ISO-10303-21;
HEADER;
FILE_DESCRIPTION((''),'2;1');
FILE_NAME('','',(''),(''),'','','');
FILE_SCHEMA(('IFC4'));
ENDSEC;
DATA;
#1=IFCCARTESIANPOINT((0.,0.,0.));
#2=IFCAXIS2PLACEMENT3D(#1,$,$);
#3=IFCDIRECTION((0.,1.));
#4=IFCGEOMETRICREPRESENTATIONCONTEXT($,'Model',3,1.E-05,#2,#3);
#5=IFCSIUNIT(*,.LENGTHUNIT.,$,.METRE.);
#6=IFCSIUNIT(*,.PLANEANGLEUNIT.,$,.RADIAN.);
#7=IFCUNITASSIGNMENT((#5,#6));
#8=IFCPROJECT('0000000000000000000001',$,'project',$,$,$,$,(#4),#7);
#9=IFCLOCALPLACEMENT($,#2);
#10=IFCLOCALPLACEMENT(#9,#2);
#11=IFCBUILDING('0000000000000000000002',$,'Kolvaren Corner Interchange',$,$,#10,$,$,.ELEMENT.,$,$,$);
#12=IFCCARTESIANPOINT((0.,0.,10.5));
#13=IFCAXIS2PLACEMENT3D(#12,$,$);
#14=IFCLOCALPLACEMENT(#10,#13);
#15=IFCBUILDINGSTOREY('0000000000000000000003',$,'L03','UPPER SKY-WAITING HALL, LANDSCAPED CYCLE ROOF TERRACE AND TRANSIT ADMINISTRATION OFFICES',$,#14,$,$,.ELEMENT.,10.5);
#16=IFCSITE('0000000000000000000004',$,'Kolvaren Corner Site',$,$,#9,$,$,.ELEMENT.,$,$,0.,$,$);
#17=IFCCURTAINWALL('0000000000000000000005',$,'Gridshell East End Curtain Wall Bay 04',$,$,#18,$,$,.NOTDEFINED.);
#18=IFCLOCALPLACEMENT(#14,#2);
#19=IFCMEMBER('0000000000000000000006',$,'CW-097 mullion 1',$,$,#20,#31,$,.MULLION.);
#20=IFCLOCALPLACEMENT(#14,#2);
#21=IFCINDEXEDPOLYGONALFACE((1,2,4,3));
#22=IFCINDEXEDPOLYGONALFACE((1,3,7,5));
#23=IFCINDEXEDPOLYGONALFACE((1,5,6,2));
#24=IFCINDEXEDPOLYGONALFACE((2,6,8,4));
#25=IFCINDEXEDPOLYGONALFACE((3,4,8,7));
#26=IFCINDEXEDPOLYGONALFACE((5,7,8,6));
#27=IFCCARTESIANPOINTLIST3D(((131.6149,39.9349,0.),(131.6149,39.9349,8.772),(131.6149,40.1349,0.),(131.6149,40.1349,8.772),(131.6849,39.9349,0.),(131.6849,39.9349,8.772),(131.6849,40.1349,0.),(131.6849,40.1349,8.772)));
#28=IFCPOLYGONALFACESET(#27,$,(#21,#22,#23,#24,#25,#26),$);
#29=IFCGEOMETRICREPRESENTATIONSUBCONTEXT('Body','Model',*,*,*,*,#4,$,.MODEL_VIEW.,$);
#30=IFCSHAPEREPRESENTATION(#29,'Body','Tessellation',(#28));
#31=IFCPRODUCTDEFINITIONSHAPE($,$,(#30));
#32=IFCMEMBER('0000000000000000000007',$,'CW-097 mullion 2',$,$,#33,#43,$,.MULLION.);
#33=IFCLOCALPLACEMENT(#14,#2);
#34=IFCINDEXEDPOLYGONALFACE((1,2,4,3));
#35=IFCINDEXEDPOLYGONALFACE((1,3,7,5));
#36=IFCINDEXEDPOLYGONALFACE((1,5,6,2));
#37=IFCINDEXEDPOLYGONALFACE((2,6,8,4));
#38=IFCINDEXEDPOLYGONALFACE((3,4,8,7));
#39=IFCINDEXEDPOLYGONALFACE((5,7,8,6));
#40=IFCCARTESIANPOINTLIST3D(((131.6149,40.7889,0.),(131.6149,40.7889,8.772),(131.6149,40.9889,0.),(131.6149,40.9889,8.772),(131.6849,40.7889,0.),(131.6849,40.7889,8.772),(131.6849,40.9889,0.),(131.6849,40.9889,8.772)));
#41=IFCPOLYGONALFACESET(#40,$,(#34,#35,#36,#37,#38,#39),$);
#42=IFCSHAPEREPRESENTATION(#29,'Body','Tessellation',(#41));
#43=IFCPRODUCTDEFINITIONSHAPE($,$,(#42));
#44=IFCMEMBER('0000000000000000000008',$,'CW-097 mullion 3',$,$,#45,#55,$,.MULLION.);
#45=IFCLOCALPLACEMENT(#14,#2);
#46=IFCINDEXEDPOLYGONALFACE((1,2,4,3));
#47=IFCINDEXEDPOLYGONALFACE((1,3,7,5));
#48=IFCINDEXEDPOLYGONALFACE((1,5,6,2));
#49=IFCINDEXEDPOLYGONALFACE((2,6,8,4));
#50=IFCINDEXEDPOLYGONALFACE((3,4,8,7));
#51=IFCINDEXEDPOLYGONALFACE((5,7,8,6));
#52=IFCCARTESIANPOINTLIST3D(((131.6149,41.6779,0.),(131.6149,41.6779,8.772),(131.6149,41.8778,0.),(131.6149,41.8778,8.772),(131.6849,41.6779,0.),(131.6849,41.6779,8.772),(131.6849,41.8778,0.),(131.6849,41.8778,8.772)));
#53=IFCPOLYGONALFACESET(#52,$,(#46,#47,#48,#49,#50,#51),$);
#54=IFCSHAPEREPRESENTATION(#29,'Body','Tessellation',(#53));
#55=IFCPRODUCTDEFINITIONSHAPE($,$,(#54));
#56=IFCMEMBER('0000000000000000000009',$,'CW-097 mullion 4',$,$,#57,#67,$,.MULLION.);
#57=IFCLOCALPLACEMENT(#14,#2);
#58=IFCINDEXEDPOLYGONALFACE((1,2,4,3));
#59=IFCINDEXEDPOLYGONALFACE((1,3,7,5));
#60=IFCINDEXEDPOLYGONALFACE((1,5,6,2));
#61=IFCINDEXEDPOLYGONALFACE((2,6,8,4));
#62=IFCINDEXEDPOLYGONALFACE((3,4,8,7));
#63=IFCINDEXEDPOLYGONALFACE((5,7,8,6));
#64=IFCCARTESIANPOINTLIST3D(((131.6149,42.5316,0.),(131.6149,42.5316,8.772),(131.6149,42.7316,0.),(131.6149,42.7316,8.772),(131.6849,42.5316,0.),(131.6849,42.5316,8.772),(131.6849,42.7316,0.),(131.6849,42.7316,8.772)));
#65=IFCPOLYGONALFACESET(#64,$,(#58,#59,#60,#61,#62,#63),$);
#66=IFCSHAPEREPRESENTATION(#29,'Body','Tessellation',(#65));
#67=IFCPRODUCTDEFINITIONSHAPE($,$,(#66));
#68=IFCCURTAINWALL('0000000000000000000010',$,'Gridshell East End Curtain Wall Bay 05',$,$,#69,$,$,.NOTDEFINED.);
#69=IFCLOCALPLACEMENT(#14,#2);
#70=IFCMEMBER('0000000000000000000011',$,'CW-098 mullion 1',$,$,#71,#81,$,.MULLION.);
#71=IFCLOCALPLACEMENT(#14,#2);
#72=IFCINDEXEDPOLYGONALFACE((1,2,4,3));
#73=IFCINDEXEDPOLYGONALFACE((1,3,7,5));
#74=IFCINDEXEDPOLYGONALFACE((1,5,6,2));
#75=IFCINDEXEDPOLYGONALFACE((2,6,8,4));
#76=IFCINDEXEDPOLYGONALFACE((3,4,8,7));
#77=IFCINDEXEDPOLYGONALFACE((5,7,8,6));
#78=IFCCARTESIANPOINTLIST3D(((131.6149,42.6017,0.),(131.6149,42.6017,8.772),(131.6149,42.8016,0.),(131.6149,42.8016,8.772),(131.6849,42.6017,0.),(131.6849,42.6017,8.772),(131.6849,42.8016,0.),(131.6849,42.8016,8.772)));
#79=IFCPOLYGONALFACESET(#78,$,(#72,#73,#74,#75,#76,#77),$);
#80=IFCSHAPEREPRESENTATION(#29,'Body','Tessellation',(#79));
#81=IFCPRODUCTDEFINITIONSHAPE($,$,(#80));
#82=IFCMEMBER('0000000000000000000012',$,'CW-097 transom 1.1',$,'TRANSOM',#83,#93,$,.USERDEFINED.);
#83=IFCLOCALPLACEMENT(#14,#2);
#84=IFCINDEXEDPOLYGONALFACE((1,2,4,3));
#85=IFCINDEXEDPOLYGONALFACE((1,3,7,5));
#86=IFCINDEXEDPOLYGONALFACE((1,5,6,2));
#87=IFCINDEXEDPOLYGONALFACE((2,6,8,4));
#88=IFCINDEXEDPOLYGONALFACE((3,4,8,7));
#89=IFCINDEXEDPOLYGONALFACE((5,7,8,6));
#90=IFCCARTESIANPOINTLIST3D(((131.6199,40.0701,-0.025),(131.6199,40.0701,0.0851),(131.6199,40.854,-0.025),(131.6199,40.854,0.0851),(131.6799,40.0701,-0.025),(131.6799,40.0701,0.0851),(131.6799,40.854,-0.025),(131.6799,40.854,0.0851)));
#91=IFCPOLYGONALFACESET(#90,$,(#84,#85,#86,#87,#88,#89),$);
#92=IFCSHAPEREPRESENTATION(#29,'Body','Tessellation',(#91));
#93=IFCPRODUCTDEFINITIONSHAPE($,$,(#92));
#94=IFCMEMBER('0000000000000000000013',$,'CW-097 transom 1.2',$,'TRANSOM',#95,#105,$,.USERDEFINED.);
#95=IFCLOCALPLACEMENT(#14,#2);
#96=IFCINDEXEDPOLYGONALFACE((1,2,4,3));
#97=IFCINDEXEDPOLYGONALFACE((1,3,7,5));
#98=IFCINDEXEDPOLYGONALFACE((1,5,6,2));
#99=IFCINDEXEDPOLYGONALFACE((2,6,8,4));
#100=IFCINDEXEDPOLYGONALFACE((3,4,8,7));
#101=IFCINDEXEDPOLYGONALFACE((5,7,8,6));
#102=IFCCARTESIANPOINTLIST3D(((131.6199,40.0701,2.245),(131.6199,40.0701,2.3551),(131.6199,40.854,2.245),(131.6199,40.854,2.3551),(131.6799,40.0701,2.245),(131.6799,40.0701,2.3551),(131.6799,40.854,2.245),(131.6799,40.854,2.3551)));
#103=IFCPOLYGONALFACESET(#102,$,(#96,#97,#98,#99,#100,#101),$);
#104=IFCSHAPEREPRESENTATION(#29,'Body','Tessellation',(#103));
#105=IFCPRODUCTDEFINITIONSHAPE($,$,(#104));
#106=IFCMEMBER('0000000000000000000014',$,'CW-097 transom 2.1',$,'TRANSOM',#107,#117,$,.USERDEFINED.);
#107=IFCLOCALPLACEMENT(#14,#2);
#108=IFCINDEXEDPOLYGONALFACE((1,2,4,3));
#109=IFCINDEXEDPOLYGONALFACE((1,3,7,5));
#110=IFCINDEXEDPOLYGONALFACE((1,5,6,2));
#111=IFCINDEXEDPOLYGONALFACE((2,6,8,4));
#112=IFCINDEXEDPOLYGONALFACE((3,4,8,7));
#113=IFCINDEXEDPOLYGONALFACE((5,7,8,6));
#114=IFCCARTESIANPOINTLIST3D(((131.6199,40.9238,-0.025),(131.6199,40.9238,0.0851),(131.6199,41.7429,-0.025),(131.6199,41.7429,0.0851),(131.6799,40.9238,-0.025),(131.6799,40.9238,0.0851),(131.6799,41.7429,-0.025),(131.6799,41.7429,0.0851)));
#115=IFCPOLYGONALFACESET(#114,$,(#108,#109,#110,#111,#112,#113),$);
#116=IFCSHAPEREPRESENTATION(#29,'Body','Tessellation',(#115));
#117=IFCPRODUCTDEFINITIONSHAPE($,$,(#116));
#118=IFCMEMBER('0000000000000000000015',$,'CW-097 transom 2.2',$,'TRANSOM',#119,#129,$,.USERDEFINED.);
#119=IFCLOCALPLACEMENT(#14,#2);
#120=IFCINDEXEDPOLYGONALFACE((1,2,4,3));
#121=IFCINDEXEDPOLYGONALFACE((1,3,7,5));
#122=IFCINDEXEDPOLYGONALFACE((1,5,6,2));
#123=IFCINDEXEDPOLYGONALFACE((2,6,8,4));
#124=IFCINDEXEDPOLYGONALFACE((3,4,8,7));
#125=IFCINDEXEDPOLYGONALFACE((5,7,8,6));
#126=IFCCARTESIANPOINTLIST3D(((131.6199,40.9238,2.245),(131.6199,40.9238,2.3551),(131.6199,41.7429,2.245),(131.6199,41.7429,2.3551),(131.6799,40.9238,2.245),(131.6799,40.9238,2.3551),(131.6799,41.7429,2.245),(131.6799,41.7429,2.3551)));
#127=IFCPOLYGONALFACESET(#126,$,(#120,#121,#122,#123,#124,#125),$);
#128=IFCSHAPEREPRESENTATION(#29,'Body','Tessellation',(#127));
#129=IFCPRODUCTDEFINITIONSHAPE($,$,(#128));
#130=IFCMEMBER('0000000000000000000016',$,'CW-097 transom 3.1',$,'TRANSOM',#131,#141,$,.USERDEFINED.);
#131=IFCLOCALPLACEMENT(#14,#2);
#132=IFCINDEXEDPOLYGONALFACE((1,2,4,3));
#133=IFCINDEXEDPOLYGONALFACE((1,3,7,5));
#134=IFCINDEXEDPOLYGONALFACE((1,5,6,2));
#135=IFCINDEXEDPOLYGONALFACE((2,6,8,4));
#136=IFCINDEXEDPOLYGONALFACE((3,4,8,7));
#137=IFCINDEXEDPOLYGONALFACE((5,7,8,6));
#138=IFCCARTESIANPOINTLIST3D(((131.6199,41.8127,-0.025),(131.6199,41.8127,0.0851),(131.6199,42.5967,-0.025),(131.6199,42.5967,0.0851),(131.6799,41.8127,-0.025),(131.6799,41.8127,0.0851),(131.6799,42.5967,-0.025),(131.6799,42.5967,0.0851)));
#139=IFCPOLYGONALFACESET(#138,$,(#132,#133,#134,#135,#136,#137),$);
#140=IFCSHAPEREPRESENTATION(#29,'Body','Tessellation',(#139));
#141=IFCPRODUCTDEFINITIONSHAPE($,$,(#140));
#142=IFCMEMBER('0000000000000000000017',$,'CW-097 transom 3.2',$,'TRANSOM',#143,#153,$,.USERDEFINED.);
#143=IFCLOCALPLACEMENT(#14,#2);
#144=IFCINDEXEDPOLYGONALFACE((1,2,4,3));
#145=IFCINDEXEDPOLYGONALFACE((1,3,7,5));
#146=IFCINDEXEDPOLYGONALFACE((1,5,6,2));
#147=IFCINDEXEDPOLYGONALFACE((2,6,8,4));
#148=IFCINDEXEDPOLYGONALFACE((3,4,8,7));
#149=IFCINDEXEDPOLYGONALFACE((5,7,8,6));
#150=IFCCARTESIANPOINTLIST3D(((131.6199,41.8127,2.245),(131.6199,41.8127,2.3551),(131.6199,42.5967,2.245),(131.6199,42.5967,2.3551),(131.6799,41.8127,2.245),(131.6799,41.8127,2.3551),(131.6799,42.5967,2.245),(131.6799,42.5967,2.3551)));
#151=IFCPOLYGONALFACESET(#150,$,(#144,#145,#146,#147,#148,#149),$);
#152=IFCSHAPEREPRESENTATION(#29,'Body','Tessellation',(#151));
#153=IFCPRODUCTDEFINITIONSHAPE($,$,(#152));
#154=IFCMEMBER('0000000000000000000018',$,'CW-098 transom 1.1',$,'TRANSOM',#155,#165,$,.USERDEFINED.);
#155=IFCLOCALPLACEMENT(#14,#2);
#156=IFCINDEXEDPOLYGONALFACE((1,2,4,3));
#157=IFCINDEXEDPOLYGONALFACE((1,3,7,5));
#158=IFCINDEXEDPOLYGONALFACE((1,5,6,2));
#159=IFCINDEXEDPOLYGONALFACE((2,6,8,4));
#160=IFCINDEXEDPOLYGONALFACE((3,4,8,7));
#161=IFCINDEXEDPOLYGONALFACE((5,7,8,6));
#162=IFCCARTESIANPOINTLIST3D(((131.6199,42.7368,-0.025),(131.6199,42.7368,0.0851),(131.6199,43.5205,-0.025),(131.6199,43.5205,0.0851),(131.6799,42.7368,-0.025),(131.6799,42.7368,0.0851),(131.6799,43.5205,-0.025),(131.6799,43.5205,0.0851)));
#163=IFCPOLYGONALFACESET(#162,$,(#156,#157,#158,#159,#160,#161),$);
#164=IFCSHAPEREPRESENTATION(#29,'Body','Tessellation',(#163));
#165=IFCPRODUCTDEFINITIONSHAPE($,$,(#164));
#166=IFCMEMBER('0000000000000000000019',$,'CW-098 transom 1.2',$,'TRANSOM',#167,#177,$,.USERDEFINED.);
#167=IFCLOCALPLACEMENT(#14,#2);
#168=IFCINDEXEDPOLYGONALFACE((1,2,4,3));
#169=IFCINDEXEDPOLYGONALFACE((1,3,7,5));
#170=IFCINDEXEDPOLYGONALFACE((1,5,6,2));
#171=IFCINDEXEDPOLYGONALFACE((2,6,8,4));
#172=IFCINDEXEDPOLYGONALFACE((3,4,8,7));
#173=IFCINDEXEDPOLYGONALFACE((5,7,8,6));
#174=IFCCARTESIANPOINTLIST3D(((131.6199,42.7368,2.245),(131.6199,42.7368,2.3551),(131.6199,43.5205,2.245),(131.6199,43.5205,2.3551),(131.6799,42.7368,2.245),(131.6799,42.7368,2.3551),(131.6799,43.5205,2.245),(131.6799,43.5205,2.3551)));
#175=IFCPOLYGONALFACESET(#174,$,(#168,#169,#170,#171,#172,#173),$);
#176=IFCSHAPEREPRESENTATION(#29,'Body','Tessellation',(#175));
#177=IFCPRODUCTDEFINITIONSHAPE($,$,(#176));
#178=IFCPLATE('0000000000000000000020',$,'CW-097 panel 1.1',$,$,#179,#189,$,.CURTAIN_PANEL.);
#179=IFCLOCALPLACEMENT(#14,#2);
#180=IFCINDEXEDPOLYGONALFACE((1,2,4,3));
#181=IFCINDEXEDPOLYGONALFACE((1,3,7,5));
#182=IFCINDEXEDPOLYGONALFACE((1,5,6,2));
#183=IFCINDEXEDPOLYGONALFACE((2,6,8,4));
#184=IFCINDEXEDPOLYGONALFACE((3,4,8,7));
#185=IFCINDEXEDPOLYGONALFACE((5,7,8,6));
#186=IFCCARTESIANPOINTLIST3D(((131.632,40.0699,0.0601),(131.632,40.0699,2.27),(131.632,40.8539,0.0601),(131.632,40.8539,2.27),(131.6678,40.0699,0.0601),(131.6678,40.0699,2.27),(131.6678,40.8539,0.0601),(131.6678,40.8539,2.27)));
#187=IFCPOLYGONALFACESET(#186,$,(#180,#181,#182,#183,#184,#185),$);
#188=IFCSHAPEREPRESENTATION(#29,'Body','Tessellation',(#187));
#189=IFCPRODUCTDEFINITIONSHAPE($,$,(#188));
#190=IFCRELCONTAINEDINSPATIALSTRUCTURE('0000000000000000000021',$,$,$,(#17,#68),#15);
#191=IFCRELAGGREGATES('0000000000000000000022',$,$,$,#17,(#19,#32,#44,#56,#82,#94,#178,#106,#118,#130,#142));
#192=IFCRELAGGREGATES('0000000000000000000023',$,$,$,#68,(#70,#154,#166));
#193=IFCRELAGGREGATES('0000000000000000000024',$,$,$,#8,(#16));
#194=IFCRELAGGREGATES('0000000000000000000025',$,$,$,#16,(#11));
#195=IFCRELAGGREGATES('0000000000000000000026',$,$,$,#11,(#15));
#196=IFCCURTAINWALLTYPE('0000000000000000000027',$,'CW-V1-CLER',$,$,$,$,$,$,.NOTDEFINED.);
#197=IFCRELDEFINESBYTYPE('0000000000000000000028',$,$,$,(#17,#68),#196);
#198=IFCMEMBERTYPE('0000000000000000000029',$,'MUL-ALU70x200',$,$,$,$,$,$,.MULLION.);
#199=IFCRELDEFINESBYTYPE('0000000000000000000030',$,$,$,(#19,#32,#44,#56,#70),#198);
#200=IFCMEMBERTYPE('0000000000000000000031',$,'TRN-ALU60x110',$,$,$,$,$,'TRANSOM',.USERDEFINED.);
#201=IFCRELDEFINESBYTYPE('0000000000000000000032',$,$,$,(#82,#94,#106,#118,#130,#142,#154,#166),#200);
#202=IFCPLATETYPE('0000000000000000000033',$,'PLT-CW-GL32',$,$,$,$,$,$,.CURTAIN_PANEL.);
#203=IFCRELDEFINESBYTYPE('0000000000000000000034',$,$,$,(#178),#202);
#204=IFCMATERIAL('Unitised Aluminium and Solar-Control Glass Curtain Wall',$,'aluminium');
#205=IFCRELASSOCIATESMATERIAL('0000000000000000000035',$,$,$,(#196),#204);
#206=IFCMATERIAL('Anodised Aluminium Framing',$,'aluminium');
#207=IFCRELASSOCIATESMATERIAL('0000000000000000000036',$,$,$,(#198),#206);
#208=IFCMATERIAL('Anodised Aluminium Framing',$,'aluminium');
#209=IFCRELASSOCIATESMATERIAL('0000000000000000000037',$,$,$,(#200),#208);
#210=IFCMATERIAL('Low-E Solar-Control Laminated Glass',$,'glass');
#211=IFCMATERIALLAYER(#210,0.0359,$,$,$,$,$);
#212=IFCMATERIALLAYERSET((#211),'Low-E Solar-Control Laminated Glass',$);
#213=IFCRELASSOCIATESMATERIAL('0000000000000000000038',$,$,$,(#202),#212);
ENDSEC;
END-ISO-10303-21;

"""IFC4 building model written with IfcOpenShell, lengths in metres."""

from ifc_helpers import new_model, si_unit, direction, frame, origin, origin_2d, place, context, subcontext, project, spatial, rectangle, extrude, material, layer, layer_set, material_profile, profile_set, type_object, element, aggregate, save


model = new_model("IFC4")

# Units and contexts
model_context = context("Model", 3, precision=1e-05, world=origin(), true_north=direction((0.0, 1.0)))
body_context = subcontext(model_context, "Body", "Model", "MODEL_VIEW")
ifc_project = project(units=[si_unit("LENGTHUNIT", "METRE"), si_unit("PLANEANGLEUNIT", "RADIAN")], contexts=[model_context])

# Site, building, storey
site_placement = place(None, origin())
site = spatial("IfcSite", under=ifc_project, at=site_placement, Name="Kolvaren Corner Site", CompositionType="ELEMENT", RefElevation=0.0)
building_placement = place(site_placement, origin())
building = spatial("IfcBuilding", under=site, at=building_placement, Name="Kolvaren Corner Interchange", CompositionType="ELEMENT")
storey_placement = place(building_placement, frame((0.0, 0.0, 10.5)))
storey = spatial("IfcBuildingStorey", under=building, at=storey_placement, Name="L03", Description="UPPER SKY-WAITING HALL, LANDSCAPED CYCLE ROOF TERRACE AND TRANSIT ADMINISTRATION OFFICES", CompositionType="ELEMENT", Elevation=10.5)

# Curtain wall, members
ifc_material_1 = material(Name="Unitised Aluminium and Solar-Control Glass Curtain Wall", Category="aluminium")
curtain_wall_type = type_object("IfcCurtainWallType", Name="CW-V1-CLER", PredefinedType="NOTDEFINED", material=ifc_material_1)
curtain_wall_1_placement = place(storey_placement, origin())
curtain_wall_1 = element("IfcCurtainWall", 1, at=curtain_wall_1_placement, inside=storey, type_object=curtain_wall_type, Name="Gridshell East End Curtain Wall Bay 04", PredefinedType="NOTDEFINED")
ifc_material_2 = material(Name="Anodised Aluminium Framing", Category="aluminium")
ifc_material_profile_1 = material_profile(ifc_material_2, rectangle(XDim=0.0701, YDim=0.2, at=origin_2d()), Name="ALU 70x200")
ifc_profile_set_1 = profile_set([ifc_material_profile_1], Name="Anodised Aluminium Framing")
member_type_1 = type_object("IfcMemberType", Name="MUL-ALU70x200", PredefinedType="MULLION", material=ifc_profile_set_1)
member_1_placement = place(storey_placement, frame((131.6499, 40.0349, 0.0), z_axis=(0.0, 0.0, 1.0), x_axis=(-1.0, 0.0, 0.0)))
member_1 = element("IfcMember", 2, at=member_1_placement, type_object=member_type_1, Name="CW-097 mullion 1", PredefinedType="MULLION", context=body_context, shape_type="SweptSolid", body=[
    extrude(rectangle(XDim=0.0701, YDim=0.2, at=origin_2d()), origin(), (0.0, 0.0, 1.0), 8.772),
])
member_2_placement = place(storey_placement, frame((131.6499, 40.8889, 0.0), z_axis=(0.0, 0.0, 1.0), x_axis=(-1.0, 0.0, 0.0)))
member_2 = element("IfcMember", 3, at=member_2_placement, type_object=member_type_1, Name="CW-097 mullion 2", PredefinedType="MULLION", context=body_context, shape_type="SweptSolid", body=[
    extrude(rectangle(XDim=0.0701, YDim=0.2, at=origin_2d()), origin(), (0.0, 0.0, 1.0), 8.772),
])
member_3_placement = place(storey_placement, frame((131.6499, 41.7778, 0.0), z_axis=(0.0, 0.0, 1.0), x_axis=(-1.0, 0.0, 0.0)))
member_3 = element("IfcMember", 4, at=member_3_placement, type_object=member_type_1, Name="CW-097 mullion 3", PredefinedType="MULLION", context=body_context, shape_type="SweptSolid", body=[
    extrude(rectangle(XDim=0.0701, YDim=0.2, at=origin_2d()), origin(), (0.0, 0.0, 1.0), 8.772),
])
member_4_placement = place(storey_placement, frame((131.6499, 42.6316, 0.0), z_axis=(0.0, 0.0, 1.0), x_axis=(-1.0, 0.0, 0.0)))
member_4 = element("IfcMember", 5, at=member_4_placement, type_object=member_type_1, Name="CW-097 mullion 4", PredefinedType="MULLION", context=body_context, shape_type="SweptSolid", body=[
    extrude(rectangle(XDim=0.0701, YDim=0.2, at=origin_2d()), origin(), (0.0, 0.0, 1.0), 8.772),
])

# Curtain wall, member
curtain_wall_2_placement = place(storey_placement, origin())
curtain_wall_2 = element("IfcCurtainWall", 6, at=curtain_wall_2_placement, inside=storey, type_object=curtain_wall_type, Name="Gridshell East End Curtain Wall Bay 05", PredefinedType="NOTDEFINED")
member_5_placement = place(storey_placement, frame((131.6499, 42.7017, 0.0), z_axis=(0.0, 0.0, 1.0), x_axis=(-1.0, 0.0, 0.0)))
member_5 = element("IfcMember", 7, at=member_5_placement, type_object=member_type_1, Name="CW-098 mullion 1", PredefinedType="MULLION", context=body_context, shape_type="SweptSolid", body=[
    extrude(rectangle(XDim=0.0701, YDim=0.2, at=origin_2d()), origin(), (0.0, 0.0, 1.0), 8.772),
])

# Members
ifc_material_3 = material(Name="Anodised Aluminium Framing", Category="aluminium")
ifc_material_profile_2 = material_profile(ifc_material_3, rectangle(XDim=0.0601, YDim=0.1101, at=origin_2d()), Name="ALU 60x110")
ifc_profile_set_2 = profile_set([ifc_material_profile_2], Name="Anodised Aluminium Framing")
member_type_2 = type_object("IfcMemberType", Name="TRN-ALU60x110", ElementType="TRANSOM", PredefinedType="USERDEFINED", material=ifc_profile_set_2)
member_6_placement = place(storey_placement, frame((131.6499, 40.0701, 0.03), z_axis=(0.0, 1.0, 0.0), x_axis=(-1.0, 0.0, 0.0)))
member_6 = element("IfcMember", 8, at=member_6_placement, type_object=member_type_2, Name="CW-097 transom 1.1", ObjectType="TRANSOM", PredefinedType="USERDEFINED", context=body_context, shape_type="SweptSolid", body=[
    extrude(rectangle(XDim=0.0601, YDim=0.1101, at=origin_2d()), origin(), (0.0, 0.0, 1.0), 0.7839),
])
member_7_placement = place(storey_placement, frame((131.6499, 40.0701, 2.3), z_axis=(0.0, 1.0, 0.0), x_axis=(-1.0, 0.0, 0.0)))
member_7 = element("IfcMember", 9, at=member_7_placement, type_object=member_type_2, Name="CW-097 transom 1.2", ObjectType="TRANSOM", PredefinedType="USERDEFINED", context=body_context, shape_type="SweptSolid", body=[
    extrude(rectangle(XDim=0.0601, YDim=0.1101, at=origin_2d()), origin(), (0.0, 0.0, 1.0), 0.7839),
])
member_8_placement = place(storey_placement, frame((131.6499, 40.9238, 0.03), z_axis=(0.0, 1.0, 0.0), x_axis=(-1.0, 0.0, 0.0)))
member_8 = element("IfcMember", 10, at=member_8_placement, type_object=member_type_2, Name="CW-097 transom 2.1", ObjectType="TRANSOM", PredefinedType="USERDEFINED", context=body_context, shape_type="SweptSolid", body=[
    extrude(rectangle(XDim=0.0601, YDim=0.1101, at=origin_2d()), origin(), (0.0, 0.0, 1.0), 0.8191),
])
member_9_placement = place(storey_placement, frame((131.6499, 40.9238, 2.3), z_axis=(0.0, 1.0, 0.0), x_axis=(-1.0, 0.0, 0.0)))
member_9 = element("IfcMember", 11, at=member_9_placement, type_object=member_type_2, Name="CW-097 transom 2.2", ObjectType="TRANSOM", PredefinedType="USERDEFINED", context=body_context, shape_type="SweptSolid", body=[
    extrude(rectangle(XDim=0.0601, YDim=0.1101, at=origin_2d()), origin(), (0.0, 0.0, 1.0), 0.8191),
])
member_10_placement = place(storey_placement, frame((131.6499, 41.8127, 0.03), z_axis=(0.0, 1.0, 0.0), x_axis=(-1.0, 0.0, 0.0)))
member_10 = element("IfcMember", 12, at=member_10_placement, type_object=member_type_2, Name="CW-097 transom 3.1", ObjectType="TRANSOM", PredefinedType="USERDEFINED", context=body_context, shape_type="SweptSolid", body=[
    extrude(rectangle(XDim=0.0601, YDim=0.1101, at=origin_2d()), origin(), (0.0, 0.0, 1.0), 0.7839),
])
member_11_placement = place(storey_placement, frame((131.6499, 41.8127, 2.3), z_axis=(0.0, 1.0, 0.0), x_axis=(-1.0, 0.0, 0.0)))
member_11 = element("IfcMember", 13, at=member_11_placement, type_object=member_type_2, Name="CW-097 transom 3.2", ObjectType="TRANSOM", PredefinedType="USERDEFINED", context=body_context, shape_type="SweptSolid", body=[
    extrude(rectangle(XDim=0.0601, YDim=0.1101, at=origin_2d()), origin(), (0.0, 0.0, 1.0), 0.7839),
])
member_12_placement = place(storey_placement, frame((131.6499, 42.7368, 0.03), z_axis=(0.0, 1.0, 0.0), x_axis=(-1.0, 0.0, 0.0)))
member_12 = element("IfcMember", 14, at=member_12_placement, type_object=member_type_2, Name="CW-098 transom 1.1", ObjectType="TRANSOM", PredefinedType="USERDEFINED", context=body_context, shape_type="SweptSolid", body=[
    extrude(rectangle(XDim=0.0601, YDim=0.1101, at=origin_2d()), origin(), (0.0, 0.0, 1.0), 0.7837),
])
member_13_placement = place(storey_placement, frame((131.6499, 42.7368, 2.3), z_axis=(0.0, 1.0, 0.0), x_axis=(-1.0, 0.0, 0.0)))
member_13 = element("IfcMember", 15, at=member_13_placement, type_object=member_type_2, Name="CW-098 transom 1.2", ObjectType="TRANSOM", PredefinedType="USERDEFINED", context=body_context, shape_type="SweptSolid", body=[
    extrude(rectangle(XDim=0.0601, YDim=0.1101, at=origin_2d()), origin(), (0.0, 0.0, 1.0), 0.7837),
])

# Plate
ifc_material_4 = material(Name="Low-E Solar-Control Laminated Glass", Category="glass")
ifc_layer_1 = layer(ifc_material_4, 0.0359)
ifc_layer_set_1 = layer_set([ifc_layer_1], Name="Low-E Solar-Control Laminated Glass")
plate_type = type_object("IfcPlateType", Name="PLT-CW-GL32", PredefinedType="CURTAIN_PANEL", material=ifc_layer_set_1)
plate_1_placement = place(storey_placement, frame((131.6499, 40.4619, 0.0601), z_axis=(0.0, 0.0, 1.0), x_axis=(0.0, 1.0, 0.0)))
plate_1 = element("IfcPlate", 16, at=plate_1_placement, type_object=plate_type, Name="CW-097 panel 1.1", PredefinedType="CURTAIN_PANEL", context=body_context, shape_type="SweptSolid", body=[
    extrude(rectangle(XDim=0.7839, YDim=0.0359, at=origin_2d()), origin(), (0.0, 0.0, 1.0), 2.21),
])
aggregate(curtain_wall_1, [member_1, member_2, member_3, member_4, member_6, member_7, plate_1, member_8, member_9, member_10, member_11])
aggregate(curtain_wall_2, [member_5, member_12, member_13])

save(model, "model.ifc")
